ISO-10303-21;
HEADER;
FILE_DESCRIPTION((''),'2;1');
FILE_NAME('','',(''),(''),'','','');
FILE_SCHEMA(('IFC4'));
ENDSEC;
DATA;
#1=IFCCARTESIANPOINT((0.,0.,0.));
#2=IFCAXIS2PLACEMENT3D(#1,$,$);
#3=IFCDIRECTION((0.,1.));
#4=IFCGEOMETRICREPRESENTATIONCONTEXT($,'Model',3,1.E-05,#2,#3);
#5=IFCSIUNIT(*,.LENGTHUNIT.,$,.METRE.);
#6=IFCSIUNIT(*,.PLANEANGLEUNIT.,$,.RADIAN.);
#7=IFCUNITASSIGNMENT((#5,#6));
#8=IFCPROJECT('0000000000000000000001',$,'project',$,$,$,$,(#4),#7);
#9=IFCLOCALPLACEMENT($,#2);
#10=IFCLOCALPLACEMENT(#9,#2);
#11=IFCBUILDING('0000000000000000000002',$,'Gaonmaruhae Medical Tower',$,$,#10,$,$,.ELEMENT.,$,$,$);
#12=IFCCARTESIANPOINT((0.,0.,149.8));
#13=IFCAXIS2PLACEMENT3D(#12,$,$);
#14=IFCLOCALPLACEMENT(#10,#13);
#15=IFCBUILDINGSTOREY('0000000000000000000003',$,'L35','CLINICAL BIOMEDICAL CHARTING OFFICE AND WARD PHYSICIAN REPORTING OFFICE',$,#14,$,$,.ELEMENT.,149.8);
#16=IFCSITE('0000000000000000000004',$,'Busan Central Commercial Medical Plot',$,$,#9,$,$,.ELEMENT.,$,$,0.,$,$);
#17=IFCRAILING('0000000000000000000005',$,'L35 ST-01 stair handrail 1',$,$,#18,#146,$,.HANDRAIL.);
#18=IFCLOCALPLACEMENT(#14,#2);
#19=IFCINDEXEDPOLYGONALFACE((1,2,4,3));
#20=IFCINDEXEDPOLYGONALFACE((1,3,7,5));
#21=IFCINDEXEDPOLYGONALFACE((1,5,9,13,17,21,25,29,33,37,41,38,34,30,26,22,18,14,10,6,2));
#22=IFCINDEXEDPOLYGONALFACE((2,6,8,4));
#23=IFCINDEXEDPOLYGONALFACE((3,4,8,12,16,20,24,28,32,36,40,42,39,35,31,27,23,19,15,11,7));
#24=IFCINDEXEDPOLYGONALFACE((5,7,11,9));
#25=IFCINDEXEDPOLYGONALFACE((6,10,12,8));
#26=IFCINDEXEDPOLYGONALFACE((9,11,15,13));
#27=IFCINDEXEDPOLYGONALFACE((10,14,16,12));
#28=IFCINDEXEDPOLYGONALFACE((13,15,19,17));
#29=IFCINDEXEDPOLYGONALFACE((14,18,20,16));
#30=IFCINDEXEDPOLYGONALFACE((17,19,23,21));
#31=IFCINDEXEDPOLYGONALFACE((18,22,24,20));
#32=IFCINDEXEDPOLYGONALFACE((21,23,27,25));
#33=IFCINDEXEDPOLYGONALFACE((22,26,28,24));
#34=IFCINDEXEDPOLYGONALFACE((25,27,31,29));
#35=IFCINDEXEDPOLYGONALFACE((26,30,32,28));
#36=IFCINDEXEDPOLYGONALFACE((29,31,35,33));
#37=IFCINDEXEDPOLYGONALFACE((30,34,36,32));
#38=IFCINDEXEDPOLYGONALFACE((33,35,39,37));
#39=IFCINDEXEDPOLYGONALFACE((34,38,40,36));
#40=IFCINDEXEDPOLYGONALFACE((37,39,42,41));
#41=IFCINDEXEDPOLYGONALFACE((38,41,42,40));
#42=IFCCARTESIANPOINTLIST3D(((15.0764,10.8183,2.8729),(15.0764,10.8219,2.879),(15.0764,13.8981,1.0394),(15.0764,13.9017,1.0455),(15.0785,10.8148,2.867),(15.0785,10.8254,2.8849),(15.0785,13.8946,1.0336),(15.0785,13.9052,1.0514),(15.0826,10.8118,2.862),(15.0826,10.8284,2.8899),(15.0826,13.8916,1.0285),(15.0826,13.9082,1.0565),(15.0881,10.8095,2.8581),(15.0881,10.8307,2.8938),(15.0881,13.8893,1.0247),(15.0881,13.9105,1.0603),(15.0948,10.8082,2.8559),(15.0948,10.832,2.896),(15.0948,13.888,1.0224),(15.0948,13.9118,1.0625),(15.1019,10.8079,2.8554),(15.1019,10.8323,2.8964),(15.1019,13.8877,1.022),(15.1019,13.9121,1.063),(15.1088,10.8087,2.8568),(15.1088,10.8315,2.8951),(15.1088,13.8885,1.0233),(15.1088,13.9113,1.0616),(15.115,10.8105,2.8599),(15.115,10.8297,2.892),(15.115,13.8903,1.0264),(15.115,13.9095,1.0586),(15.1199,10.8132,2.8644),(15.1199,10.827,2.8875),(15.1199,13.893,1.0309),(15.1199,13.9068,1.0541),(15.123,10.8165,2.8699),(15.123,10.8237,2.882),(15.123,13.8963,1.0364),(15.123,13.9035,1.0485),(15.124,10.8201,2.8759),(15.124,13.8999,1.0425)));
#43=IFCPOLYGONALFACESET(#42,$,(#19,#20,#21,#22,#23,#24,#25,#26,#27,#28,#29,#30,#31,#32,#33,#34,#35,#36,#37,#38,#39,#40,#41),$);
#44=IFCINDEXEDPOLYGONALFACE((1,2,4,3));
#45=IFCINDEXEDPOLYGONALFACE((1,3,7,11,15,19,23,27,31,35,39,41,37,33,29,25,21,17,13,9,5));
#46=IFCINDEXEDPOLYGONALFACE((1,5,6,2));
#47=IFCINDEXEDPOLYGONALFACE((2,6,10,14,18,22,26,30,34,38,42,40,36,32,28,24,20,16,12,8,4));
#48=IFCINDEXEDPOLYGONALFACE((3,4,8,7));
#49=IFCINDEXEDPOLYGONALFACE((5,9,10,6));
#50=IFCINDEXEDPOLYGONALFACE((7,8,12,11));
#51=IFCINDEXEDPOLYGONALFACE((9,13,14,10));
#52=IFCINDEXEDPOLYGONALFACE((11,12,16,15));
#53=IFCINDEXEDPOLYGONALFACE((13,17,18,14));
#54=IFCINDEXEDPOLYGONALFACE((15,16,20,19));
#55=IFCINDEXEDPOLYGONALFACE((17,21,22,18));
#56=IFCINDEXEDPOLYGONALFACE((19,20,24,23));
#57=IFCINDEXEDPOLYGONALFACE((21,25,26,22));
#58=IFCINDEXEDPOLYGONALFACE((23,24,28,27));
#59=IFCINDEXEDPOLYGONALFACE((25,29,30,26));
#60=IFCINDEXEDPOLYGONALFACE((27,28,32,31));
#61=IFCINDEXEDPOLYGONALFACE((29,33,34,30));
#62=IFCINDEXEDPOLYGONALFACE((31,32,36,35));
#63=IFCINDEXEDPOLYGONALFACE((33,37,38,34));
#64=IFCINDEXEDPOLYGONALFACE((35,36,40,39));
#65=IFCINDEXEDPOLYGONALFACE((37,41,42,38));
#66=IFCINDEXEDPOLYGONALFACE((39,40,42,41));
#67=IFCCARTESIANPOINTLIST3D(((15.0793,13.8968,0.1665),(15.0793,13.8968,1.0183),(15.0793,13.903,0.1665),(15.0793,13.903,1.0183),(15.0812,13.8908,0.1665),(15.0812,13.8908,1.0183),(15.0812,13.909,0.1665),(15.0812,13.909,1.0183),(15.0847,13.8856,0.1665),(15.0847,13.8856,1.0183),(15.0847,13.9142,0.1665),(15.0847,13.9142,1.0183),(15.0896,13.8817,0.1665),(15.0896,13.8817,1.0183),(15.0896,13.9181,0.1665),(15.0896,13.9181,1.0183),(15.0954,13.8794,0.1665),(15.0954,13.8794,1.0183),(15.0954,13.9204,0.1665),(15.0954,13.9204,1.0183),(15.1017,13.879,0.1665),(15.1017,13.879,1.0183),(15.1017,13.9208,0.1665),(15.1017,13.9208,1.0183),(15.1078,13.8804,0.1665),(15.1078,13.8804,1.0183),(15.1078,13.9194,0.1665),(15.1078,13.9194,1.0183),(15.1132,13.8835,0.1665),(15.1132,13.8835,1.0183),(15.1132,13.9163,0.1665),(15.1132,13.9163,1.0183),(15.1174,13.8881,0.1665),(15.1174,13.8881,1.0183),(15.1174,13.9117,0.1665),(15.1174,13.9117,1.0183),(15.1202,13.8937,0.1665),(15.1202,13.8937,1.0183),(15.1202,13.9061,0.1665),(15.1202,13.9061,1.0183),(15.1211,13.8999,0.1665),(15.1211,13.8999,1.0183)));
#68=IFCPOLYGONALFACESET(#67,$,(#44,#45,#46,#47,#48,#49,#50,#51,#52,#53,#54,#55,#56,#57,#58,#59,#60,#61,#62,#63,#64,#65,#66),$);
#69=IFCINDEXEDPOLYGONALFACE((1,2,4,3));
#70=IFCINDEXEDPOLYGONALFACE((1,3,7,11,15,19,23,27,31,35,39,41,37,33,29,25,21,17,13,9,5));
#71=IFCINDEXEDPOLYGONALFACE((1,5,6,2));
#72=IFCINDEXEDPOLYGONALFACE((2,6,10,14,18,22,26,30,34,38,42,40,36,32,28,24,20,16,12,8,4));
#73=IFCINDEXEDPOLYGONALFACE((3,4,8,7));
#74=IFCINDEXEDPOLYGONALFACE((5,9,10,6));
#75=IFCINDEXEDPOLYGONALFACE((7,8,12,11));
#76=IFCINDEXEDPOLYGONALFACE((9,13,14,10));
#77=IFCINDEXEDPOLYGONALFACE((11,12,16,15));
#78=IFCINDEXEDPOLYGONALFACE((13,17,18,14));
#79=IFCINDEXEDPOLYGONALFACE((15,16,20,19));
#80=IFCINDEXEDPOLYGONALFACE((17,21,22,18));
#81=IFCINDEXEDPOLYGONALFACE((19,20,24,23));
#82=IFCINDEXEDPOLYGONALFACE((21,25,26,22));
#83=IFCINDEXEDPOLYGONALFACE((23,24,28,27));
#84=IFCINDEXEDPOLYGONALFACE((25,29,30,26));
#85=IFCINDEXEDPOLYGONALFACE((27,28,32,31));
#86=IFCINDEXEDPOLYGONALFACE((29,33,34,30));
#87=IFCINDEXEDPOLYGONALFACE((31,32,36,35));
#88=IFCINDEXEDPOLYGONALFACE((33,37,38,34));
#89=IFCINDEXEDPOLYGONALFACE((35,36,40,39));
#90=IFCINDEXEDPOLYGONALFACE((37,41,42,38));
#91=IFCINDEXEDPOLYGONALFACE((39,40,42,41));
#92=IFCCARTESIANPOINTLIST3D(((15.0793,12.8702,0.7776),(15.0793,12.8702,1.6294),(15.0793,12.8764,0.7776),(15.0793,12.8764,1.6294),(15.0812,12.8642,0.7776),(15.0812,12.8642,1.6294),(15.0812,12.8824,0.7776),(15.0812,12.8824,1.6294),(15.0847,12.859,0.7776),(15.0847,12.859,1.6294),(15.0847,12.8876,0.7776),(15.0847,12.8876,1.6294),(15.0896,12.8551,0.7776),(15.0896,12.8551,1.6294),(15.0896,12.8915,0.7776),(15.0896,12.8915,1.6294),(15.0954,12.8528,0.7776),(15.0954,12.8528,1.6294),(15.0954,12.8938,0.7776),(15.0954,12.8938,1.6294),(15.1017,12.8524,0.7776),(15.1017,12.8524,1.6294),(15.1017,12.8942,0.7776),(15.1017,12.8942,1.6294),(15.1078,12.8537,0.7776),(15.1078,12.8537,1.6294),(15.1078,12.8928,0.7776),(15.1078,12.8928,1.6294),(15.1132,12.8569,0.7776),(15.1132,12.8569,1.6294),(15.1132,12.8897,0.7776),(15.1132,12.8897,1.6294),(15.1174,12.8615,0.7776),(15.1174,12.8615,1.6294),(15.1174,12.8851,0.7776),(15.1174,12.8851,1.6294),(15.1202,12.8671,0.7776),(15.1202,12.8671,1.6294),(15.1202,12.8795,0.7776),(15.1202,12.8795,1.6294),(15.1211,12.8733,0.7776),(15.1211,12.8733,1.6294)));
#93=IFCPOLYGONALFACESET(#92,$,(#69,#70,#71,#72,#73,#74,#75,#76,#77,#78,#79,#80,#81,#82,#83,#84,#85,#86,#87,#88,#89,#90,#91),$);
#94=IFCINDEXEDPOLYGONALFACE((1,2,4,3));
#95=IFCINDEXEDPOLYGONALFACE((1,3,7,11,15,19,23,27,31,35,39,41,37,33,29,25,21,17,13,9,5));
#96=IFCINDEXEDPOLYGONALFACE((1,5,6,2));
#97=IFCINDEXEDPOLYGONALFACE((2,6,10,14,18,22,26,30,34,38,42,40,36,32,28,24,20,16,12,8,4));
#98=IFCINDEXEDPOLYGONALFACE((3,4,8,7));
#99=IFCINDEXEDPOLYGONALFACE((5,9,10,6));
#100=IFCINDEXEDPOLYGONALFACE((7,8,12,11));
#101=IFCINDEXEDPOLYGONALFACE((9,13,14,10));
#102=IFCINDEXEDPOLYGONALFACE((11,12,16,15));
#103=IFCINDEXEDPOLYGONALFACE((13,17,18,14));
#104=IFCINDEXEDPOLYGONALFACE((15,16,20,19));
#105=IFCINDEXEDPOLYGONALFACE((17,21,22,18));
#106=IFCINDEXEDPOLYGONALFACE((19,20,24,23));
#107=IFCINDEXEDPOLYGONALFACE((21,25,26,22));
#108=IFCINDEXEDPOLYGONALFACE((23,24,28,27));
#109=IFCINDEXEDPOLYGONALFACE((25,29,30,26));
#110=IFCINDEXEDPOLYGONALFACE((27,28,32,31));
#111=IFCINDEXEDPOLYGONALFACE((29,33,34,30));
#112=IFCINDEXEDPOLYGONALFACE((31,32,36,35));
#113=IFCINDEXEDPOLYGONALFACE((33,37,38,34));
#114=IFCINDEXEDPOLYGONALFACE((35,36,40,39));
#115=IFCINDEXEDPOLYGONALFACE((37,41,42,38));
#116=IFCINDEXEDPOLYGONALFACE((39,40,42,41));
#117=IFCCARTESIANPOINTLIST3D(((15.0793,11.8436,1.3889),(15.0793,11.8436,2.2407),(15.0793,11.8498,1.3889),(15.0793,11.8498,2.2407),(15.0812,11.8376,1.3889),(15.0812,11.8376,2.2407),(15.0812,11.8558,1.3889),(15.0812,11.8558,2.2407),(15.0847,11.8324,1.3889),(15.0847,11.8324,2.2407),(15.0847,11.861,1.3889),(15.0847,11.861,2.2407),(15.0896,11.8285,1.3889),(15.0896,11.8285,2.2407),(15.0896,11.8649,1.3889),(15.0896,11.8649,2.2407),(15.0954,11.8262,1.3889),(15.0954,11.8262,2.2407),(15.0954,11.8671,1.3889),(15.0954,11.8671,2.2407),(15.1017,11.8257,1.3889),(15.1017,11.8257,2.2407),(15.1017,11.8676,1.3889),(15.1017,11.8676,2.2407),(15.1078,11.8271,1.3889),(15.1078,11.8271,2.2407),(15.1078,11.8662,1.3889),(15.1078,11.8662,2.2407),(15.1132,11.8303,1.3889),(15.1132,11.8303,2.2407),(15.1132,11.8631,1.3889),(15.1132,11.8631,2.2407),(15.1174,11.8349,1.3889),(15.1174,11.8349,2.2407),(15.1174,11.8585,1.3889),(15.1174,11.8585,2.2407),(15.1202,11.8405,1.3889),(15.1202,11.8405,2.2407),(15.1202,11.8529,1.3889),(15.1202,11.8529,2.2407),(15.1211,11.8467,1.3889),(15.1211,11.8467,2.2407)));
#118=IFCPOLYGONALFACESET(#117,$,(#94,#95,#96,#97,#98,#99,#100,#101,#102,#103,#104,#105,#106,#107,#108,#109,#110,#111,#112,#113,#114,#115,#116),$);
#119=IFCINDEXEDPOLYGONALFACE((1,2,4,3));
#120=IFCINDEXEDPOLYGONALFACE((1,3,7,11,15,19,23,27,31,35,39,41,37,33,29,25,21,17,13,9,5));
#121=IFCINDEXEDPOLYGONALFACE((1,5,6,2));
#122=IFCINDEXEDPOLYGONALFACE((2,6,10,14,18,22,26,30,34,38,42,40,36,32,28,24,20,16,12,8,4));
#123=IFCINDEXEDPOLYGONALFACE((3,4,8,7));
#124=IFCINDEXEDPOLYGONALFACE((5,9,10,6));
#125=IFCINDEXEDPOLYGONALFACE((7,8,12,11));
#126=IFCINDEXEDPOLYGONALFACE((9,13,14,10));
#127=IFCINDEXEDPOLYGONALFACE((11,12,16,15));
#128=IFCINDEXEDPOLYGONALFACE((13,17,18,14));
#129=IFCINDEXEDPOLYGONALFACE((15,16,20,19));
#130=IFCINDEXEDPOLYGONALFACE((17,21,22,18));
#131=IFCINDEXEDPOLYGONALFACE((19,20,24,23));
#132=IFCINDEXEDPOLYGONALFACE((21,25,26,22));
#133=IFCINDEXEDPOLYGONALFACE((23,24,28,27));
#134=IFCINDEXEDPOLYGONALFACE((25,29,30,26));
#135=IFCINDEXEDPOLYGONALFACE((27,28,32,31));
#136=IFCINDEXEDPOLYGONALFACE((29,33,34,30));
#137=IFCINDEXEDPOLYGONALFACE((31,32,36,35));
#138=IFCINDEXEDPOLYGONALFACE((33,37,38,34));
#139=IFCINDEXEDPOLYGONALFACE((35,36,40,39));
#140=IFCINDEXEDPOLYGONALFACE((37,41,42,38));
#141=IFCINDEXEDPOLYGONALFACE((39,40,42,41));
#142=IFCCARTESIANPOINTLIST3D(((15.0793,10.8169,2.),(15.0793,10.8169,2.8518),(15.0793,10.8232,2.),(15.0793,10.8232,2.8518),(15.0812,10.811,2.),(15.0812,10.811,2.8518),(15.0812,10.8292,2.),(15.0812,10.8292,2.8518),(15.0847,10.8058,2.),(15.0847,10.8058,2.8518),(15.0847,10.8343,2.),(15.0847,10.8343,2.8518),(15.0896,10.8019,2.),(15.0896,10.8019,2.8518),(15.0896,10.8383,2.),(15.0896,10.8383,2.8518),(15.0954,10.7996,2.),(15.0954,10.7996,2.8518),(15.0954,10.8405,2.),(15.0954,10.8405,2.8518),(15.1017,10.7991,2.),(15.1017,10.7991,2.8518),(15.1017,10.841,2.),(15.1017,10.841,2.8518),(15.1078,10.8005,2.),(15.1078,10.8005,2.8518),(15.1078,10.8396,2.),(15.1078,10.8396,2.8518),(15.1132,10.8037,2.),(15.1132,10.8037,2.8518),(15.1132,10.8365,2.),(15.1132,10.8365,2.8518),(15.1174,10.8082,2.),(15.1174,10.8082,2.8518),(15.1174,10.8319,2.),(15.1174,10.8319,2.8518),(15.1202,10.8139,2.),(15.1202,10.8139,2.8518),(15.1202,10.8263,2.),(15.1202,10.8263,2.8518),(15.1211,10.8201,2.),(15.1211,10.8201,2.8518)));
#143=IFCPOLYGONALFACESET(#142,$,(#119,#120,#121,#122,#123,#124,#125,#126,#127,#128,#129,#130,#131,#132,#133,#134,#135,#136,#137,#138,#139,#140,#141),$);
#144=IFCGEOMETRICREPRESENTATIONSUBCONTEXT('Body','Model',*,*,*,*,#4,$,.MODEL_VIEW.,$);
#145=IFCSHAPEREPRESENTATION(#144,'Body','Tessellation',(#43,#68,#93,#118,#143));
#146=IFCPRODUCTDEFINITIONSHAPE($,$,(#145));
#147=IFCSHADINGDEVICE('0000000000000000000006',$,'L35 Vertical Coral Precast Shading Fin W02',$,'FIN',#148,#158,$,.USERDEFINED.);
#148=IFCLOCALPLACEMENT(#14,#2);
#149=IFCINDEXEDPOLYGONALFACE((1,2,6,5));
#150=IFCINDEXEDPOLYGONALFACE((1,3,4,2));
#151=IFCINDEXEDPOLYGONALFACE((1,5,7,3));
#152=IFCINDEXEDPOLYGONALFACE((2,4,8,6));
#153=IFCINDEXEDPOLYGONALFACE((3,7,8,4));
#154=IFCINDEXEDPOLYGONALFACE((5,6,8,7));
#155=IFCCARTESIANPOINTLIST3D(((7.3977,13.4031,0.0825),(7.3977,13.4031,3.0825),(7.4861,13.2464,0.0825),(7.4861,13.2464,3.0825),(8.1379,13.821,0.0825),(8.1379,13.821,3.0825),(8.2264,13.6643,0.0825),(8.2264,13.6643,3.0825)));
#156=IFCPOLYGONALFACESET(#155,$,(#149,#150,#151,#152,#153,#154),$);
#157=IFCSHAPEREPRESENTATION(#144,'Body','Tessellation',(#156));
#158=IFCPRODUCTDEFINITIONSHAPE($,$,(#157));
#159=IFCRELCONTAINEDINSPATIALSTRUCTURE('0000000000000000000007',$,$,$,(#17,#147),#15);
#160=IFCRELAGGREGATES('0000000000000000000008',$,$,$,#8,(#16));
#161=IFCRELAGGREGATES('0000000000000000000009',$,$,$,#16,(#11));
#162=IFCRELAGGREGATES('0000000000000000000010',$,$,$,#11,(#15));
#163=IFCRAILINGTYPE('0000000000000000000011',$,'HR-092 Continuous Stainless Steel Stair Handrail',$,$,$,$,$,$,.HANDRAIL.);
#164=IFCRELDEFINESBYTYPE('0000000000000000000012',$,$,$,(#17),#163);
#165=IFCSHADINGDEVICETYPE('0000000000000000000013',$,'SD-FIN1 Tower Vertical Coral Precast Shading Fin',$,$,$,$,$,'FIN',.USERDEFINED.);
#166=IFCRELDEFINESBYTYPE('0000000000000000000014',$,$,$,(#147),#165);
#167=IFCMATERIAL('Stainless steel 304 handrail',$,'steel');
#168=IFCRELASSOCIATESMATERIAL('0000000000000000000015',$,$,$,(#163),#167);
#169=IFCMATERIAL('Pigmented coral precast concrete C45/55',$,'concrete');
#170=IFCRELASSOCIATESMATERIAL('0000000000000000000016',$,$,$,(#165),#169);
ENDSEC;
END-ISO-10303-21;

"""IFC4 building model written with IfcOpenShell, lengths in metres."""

from ifc_helpers import new_model, si_unit, direction, frame, origin, origin_2d, place, context, subcontext, project, spatial, rectangle, circle, extrude, material, type_object, element, save


model = new_model("IFC4")

# Units and contexts
model_context = context("Model", 3, precision=1e-05, world=origin(), true_north=direction((0.0, 1.0)))
body_context = subcontext(model_context, "Body", "Model", "MODEL_VIEW")
ifc_project = project(units=[si_unit("LENGTHUNIT", "METRE"), si_unit("PLANEANGLEUNIT", "RADIAN")], contexts=[model_context])

# Site, building, storey
site_placement = place(None, origin())
site = spatial("IfcSite", under=ifc_project, at=site_placement, Name="Busan Central Commercial Medical Plot", CompositionType="ELEMENT", RefElevation=0.0)
building_placement = place(site_placement, origin())
building = spatial("IfcBuilding", under=site, at=building_placement, Name="Gaonmaruhae Medical Tower", CompositionType="ELEMENT")
storey_placement = place(building_placement, frame((0.0, 0.0, 149.8)))
storey = spatial("IfcBuildingStorey", under=building, at=storey_placement, Name="L35", Description="CLINICAL BIOMEDICAL CHARTING OFFICE AND WARD PHYSICIAN REPORTING OFFICE", CompositionType="ELEMENT", Elevation=149.8)

# Railing
ifc_material_1 = material(Name="Stainless steel 304 handrail", Category="steel")
railing_type_1 = type_object("IfcRailingType", Name="HR-092 Continuous Stainless Steel Stair Handrail", PredefinedType="HANDRAIL", material=ifc_material_1)
railing_1_placement = place(storey_placement, frame((15.1001, 13.8999, 0.1665)))
element("IfcRailing", 1, at=railing_1_placement, inside=storey, type_object=railing_type_1, Name="L35 ST-01 stair handrail 1", PredefinedType="HANDRAIL", context=body_context, shape_type="SweptSolid", body=[
    extrude(circle(Radius=0.0239, at=origin_2d()), frame((0.0, 0.0, 0.876), z_axis=(0.0, -0.859261, 0.511538), x_axis=(1.0, 0.0, 0.0)), (0.0, 0.0, 1.0), 3.5842),
    extrude(circle(Radius=0.021, at=origin_2d()), origin(), (0.0, 0.0, 1.0), 0.8518),
    extrude(circle(Radius=0.021, at=origin_2d()), frame((0.0, -1.0266, 0.6111)), (0.0, 0.0, 1.0), 0.8518),
    extrude(circle(Radius=0.021, at=origin_2d()), frame((0.0, -2.0532, 1.2224)), (0.0, 0.0, 1.0), 0.8518),
    extrude(circle(Radius=0.021, at=origin_2d()), frame((0.0, -3.0798, 1.8335)), (0.0, 0.0, 1.0), 0.8518),
])

# Shading device
ifc_material_2 = material(Name="Pigmented coral precast concrete C45/55", Category="concrete")
shading_device_type = type_object("IfcShadingDeviceType", Name="SD-FIN1 Tower Vertical Coral Precast Shading Fin", ElementType="FIN", PredefinedType="USERDEFINED", material=ifc_material_2)
shading_device_placement = place(storey_placement, frame((7.812, 13.5337, 0.0825), z_axis=(0.0, 0.0, 1.0), x_axis=(-0.491664, 0.870785, 0.0)))
element("IfcShadingDevice", 2, at=shading_device_placement, inside=storey, type_object=shading_device_type, Name="L35 Vertical Coral Precast Shading Fin W02", ObjectType="FIN", PredefinedType="USERDEFINED", context=body_context, shape_type="SweptSolid", body=[
    extrude(rectangle(XDim=0.1799, YDim=0.8501, at=origin_2d()), origin(), (0.0, 0.0, 1.0), 3.0),
])

save(model, "model.ifc")
